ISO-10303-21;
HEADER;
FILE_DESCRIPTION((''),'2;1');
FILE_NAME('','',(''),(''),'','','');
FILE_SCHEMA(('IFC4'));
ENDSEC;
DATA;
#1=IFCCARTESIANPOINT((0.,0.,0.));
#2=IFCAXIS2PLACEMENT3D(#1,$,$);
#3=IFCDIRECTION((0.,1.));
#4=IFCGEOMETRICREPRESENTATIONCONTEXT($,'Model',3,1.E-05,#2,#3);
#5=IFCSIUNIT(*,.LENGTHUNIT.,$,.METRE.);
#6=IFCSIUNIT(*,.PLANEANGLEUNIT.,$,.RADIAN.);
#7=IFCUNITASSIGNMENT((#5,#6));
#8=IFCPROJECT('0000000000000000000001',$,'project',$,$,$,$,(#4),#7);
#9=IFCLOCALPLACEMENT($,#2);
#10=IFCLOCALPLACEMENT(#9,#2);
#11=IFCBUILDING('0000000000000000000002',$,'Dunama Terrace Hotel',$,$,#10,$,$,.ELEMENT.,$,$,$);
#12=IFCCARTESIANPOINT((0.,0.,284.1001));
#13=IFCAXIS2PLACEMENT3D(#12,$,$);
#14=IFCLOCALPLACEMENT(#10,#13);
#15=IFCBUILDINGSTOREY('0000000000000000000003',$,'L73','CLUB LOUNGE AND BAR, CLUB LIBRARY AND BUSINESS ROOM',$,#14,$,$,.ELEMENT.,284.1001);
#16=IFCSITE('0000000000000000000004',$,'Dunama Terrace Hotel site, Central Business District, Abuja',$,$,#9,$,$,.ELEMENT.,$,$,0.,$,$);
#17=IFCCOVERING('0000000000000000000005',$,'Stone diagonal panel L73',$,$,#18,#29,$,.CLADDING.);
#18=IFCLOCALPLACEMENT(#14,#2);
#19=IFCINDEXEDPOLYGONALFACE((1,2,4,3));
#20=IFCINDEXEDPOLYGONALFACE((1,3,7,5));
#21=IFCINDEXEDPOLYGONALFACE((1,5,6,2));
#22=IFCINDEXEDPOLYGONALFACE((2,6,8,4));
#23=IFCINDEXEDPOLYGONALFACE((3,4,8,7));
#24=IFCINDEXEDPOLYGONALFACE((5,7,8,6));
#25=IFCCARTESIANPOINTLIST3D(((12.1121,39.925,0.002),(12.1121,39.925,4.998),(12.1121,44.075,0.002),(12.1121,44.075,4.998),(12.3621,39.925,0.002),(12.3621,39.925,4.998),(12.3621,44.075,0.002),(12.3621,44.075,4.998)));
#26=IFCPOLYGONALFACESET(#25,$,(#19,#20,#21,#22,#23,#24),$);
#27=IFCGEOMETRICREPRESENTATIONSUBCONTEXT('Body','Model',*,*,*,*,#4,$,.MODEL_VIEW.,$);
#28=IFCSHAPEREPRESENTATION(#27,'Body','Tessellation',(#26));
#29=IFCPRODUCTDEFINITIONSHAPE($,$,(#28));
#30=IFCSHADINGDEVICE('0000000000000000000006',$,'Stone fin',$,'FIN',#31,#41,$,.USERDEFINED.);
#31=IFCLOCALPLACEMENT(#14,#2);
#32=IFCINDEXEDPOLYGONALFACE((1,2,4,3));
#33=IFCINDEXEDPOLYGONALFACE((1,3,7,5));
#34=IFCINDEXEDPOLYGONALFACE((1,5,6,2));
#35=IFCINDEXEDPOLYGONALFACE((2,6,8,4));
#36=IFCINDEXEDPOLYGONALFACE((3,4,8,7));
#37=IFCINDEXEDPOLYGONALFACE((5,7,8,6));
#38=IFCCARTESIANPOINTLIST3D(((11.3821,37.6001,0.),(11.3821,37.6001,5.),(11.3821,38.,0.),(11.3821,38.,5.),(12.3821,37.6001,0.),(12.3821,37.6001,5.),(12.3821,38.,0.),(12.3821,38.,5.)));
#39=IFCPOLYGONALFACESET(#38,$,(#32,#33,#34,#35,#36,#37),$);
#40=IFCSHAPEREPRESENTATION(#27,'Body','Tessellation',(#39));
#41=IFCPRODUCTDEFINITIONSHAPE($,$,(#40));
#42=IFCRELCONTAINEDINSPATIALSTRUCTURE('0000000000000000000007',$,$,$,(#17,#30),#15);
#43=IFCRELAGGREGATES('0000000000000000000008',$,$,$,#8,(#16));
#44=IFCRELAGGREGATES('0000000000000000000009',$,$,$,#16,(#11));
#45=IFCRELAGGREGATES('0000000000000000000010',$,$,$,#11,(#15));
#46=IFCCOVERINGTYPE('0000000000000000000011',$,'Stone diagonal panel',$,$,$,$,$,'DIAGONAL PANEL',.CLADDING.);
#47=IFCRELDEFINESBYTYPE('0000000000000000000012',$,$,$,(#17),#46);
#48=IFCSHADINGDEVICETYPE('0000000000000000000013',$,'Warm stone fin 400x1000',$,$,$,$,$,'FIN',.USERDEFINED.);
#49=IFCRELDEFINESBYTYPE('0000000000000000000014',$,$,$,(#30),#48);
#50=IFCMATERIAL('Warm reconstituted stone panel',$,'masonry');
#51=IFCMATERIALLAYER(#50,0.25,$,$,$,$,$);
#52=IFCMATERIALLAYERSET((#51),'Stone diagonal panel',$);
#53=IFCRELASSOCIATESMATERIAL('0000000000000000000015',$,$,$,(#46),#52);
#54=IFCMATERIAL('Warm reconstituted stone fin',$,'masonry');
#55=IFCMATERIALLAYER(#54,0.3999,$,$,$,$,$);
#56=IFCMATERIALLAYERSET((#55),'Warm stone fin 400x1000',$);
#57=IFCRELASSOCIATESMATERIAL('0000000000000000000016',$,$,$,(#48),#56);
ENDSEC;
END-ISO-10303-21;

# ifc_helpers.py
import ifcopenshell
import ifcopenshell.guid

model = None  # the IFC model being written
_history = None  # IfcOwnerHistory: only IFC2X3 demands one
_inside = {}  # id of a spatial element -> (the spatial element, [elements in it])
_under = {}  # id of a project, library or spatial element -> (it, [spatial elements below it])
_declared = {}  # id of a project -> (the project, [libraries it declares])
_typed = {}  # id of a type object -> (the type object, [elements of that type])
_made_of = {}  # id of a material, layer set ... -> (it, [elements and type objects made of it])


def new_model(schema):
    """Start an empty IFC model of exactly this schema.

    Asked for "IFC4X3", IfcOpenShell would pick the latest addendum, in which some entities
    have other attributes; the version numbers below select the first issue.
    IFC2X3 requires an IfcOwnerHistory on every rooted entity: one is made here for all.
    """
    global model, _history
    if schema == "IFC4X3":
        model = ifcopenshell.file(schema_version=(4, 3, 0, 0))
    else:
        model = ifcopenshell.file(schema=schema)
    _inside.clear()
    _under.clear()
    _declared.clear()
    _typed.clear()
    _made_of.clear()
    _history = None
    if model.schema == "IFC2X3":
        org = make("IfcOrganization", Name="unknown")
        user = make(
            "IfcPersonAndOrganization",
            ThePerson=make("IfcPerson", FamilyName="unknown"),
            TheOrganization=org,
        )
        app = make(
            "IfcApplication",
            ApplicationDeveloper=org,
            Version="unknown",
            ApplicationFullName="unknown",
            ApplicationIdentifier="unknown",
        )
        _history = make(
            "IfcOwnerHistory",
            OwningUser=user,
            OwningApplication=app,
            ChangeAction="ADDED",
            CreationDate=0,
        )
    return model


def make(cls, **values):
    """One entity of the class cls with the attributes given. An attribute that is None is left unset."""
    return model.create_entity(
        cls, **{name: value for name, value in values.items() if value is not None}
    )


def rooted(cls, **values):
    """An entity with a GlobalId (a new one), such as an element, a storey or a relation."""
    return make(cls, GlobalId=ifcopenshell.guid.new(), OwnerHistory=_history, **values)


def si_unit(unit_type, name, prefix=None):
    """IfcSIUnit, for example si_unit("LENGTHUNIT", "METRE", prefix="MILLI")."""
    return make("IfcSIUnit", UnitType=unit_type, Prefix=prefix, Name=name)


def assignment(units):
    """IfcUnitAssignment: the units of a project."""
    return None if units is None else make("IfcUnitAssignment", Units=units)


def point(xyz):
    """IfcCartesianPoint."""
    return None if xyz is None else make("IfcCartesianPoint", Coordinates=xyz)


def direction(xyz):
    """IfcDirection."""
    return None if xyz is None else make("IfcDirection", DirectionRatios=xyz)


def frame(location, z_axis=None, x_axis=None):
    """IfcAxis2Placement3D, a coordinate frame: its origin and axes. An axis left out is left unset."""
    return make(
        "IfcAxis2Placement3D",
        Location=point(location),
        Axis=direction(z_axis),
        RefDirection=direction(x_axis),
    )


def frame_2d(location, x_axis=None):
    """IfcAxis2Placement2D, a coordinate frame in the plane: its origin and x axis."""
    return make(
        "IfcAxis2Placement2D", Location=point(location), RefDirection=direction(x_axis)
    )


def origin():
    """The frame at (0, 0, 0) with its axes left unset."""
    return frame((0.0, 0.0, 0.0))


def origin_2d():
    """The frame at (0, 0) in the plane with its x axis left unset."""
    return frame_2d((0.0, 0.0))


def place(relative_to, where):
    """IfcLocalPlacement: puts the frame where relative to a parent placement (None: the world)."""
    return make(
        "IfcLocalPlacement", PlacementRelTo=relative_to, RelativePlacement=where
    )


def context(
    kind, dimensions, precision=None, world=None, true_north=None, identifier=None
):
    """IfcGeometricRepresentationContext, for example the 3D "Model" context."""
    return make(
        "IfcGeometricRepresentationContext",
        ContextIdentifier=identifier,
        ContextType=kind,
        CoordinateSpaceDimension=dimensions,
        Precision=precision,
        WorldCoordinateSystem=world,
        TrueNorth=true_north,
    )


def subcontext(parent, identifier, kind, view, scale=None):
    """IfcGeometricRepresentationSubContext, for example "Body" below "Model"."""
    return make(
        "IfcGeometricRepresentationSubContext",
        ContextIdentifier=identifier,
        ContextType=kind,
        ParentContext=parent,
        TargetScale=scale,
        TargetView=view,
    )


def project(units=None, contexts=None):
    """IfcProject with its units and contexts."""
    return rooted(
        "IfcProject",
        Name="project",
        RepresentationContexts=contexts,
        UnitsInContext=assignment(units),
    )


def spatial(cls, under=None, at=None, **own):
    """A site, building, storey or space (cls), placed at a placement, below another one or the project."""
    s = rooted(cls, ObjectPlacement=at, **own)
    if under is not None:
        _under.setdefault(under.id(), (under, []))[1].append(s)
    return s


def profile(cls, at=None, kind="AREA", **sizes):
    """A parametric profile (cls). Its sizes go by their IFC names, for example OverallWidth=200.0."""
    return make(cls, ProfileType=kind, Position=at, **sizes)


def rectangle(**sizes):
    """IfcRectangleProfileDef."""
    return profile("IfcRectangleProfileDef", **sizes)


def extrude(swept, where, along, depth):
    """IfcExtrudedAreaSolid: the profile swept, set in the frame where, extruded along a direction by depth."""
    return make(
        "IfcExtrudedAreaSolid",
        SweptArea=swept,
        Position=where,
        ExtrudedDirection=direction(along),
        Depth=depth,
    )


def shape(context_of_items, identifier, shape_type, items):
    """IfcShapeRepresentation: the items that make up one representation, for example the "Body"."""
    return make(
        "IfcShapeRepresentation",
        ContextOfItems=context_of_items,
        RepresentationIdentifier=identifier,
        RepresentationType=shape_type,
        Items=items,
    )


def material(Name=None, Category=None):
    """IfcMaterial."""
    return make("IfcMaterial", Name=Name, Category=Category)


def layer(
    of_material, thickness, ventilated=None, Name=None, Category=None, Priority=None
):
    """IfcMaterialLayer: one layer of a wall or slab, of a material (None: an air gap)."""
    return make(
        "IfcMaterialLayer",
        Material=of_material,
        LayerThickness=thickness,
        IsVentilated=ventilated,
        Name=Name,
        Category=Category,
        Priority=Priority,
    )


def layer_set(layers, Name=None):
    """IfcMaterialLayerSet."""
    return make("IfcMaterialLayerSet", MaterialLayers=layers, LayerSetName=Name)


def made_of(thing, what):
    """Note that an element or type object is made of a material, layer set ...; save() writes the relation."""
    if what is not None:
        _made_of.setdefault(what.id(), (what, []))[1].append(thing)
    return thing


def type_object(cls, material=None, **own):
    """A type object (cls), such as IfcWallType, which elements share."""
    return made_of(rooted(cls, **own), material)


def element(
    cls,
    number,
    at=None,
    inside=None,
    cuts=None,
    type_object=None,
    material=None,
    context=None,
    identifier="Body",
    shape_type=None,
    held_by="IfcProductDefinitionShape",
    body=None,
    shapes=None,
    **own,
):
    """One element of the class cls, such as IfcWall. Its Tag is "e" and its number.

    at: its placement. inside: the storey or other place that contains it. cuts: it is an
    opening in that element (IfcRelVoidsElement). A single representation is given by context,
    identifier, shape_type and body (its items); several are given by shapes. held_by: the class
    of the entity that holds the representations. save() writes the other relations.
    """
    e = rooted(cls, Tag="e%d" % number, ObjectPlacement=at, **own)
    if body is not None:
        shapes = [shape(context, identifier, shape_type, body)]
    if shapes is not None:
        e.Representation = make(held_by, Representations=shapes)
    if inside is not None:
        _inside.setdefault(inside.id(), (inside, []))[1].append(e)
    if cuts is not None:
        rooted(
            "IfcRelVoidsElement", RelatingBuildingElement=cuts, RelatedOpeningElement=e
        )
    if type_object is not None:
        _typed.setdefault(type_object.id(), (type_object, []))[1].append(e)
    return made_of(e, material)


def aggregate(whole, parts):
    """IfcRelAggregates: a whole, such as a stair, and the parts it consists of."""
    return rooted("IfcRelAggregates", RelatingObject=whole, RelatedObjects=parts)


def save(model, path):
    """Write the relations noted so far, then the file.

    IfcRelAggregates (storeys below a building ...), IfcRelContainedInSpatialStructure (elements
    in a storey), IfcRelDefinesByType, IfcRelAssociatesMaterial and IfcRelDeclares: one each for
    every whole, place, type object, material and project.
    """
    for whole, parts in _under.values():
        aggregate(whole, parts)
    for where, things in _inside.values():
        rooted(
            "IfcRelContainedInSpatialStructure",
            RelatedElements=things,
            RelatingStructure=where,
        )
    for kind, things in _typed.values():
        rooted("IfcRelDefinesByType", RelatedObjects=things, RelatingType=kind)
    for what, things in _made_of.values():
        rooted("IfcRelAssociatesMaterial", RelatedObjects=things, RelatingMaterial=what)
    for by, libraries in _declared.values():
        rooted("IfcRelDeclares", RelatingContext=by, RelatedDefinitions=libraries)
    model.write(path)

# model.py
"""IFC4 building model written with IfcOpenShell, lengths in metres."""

from ifc_helpers import new_model, si_unit, direction, frame, origin, origin_2d, place, context, subcontext, project, spatial, rectangle, extrude, material, layer, layer_set, type_object, element, save


model = new_model("IFC4")

# Units and contexts
model_context = context("Model", 3, precision=1e-05, world=origin(), true_north=direction((0.0, 1.0)))
body_context = subcontext(model_context, "Body", "Model", "MODEL_VIEW")
ifc_project = project(units=[si_unit("LENGTHUNIT", "METRE"), si_unit("PLANEANGLEUNIT", "RADIAN")], contexts=[model_context])

# Site, building, storey
site_placement = place(None, origin())
site = spatial("IfcSite", under=ifc_project, at=site_placement, Name="Dunama Terrace Hotel site, Central Business District, Abuja", CompositionType="ELEMENT", RefElevation=0.0)
building_placement = place(site_placement, origin())
building = spatial("IfcBuilding", under=site, at=building_placement, Name="Dunama Terrace Hotel", CompositionType="ELEMENT")
storey_placement = place(building_placement, frame((0.0, 0.0, 284.1001)))
storey = spatial("IfcBuildingStorey", under=building, at=storey_placement, Name="L73", Description="CLUB LOUNGE AND BAR, CLUB LIBRARY AND BUSINESS ROOM", CompositionType="ELEMENT", Elevation=284.1001)

# Covering
ifc_material_1 = material(Name="Warm reconstituted stone panel", Category="masonry")
ifc_layer_1 = layer(ifc_material_1, 0.25)
ifc_layer_set_1 = layer_set([ifc_layer_1], Name="Stone diagonal panel")
covering_type = type_object("IfcCoveringType", Name="Stone diagonal panel", ElementType="DIAGONAL PANEL", PredefinedType="CLADDING", material=ifc_layer_set_1)
covering_placement = place(storey_placement, frame((12.2371, 42.0, 0.002), z_axis=(0.0, 0.0, 1.0), x_axis=(0.0, -1.0, 0.0)))
element("IfcCovering", 1, at=covering_placement, inside=storey, type_object=covering_type, Name="Stone diagonal panel L73", PredefinedType="CLADDING", context=body_context, shape_type="SweptSolid", body=[
    extrude(rectangle(XDim=4.1499, YDim=0.25, at=origin_2d()), origin(), (0.0, 0.0, 1.0), 4.9961),
])

# Shading device
ifc_material_2 = material(Name="Warm reconstituted stone fin", Category="masonry")
ifc_layer_2 = layer(ifc_material_2, 0.3999)
ifc_layer_set_2 = layer_set([ifc_layer_2], Name="Warm stone fin 400x1000")
shading_device_type = type_object("IfcShadingDeviceType", Name="Warm stone fin 400x1000", ElementType="FIN", PredefinedType="USERDEFINED", material=ifc_layer_set_2)
shading_device_placement = place(storey_placement, frame((11.8821, 37.8, 0.0), z_axis=(0.0, 0.0, 1.0), x_axis=(0.0, -1.0, 0.0)))
element("IfcShadingDevice", 2, at=shading_device_placement, inside=storey, type_object=shading_device_type, Name="Stone fin", ObjectType="FIN", PredefinedType="USERDEFINED", context=body_context, shape_type="SweptSolid", body=[
    extrude(rectangle(XDim=0.3999, YDim=1.0, at=origin_2d()), origin(), (0.0, 0.0, 1.0), 5.0),
])

save(model, "model.ifc")
